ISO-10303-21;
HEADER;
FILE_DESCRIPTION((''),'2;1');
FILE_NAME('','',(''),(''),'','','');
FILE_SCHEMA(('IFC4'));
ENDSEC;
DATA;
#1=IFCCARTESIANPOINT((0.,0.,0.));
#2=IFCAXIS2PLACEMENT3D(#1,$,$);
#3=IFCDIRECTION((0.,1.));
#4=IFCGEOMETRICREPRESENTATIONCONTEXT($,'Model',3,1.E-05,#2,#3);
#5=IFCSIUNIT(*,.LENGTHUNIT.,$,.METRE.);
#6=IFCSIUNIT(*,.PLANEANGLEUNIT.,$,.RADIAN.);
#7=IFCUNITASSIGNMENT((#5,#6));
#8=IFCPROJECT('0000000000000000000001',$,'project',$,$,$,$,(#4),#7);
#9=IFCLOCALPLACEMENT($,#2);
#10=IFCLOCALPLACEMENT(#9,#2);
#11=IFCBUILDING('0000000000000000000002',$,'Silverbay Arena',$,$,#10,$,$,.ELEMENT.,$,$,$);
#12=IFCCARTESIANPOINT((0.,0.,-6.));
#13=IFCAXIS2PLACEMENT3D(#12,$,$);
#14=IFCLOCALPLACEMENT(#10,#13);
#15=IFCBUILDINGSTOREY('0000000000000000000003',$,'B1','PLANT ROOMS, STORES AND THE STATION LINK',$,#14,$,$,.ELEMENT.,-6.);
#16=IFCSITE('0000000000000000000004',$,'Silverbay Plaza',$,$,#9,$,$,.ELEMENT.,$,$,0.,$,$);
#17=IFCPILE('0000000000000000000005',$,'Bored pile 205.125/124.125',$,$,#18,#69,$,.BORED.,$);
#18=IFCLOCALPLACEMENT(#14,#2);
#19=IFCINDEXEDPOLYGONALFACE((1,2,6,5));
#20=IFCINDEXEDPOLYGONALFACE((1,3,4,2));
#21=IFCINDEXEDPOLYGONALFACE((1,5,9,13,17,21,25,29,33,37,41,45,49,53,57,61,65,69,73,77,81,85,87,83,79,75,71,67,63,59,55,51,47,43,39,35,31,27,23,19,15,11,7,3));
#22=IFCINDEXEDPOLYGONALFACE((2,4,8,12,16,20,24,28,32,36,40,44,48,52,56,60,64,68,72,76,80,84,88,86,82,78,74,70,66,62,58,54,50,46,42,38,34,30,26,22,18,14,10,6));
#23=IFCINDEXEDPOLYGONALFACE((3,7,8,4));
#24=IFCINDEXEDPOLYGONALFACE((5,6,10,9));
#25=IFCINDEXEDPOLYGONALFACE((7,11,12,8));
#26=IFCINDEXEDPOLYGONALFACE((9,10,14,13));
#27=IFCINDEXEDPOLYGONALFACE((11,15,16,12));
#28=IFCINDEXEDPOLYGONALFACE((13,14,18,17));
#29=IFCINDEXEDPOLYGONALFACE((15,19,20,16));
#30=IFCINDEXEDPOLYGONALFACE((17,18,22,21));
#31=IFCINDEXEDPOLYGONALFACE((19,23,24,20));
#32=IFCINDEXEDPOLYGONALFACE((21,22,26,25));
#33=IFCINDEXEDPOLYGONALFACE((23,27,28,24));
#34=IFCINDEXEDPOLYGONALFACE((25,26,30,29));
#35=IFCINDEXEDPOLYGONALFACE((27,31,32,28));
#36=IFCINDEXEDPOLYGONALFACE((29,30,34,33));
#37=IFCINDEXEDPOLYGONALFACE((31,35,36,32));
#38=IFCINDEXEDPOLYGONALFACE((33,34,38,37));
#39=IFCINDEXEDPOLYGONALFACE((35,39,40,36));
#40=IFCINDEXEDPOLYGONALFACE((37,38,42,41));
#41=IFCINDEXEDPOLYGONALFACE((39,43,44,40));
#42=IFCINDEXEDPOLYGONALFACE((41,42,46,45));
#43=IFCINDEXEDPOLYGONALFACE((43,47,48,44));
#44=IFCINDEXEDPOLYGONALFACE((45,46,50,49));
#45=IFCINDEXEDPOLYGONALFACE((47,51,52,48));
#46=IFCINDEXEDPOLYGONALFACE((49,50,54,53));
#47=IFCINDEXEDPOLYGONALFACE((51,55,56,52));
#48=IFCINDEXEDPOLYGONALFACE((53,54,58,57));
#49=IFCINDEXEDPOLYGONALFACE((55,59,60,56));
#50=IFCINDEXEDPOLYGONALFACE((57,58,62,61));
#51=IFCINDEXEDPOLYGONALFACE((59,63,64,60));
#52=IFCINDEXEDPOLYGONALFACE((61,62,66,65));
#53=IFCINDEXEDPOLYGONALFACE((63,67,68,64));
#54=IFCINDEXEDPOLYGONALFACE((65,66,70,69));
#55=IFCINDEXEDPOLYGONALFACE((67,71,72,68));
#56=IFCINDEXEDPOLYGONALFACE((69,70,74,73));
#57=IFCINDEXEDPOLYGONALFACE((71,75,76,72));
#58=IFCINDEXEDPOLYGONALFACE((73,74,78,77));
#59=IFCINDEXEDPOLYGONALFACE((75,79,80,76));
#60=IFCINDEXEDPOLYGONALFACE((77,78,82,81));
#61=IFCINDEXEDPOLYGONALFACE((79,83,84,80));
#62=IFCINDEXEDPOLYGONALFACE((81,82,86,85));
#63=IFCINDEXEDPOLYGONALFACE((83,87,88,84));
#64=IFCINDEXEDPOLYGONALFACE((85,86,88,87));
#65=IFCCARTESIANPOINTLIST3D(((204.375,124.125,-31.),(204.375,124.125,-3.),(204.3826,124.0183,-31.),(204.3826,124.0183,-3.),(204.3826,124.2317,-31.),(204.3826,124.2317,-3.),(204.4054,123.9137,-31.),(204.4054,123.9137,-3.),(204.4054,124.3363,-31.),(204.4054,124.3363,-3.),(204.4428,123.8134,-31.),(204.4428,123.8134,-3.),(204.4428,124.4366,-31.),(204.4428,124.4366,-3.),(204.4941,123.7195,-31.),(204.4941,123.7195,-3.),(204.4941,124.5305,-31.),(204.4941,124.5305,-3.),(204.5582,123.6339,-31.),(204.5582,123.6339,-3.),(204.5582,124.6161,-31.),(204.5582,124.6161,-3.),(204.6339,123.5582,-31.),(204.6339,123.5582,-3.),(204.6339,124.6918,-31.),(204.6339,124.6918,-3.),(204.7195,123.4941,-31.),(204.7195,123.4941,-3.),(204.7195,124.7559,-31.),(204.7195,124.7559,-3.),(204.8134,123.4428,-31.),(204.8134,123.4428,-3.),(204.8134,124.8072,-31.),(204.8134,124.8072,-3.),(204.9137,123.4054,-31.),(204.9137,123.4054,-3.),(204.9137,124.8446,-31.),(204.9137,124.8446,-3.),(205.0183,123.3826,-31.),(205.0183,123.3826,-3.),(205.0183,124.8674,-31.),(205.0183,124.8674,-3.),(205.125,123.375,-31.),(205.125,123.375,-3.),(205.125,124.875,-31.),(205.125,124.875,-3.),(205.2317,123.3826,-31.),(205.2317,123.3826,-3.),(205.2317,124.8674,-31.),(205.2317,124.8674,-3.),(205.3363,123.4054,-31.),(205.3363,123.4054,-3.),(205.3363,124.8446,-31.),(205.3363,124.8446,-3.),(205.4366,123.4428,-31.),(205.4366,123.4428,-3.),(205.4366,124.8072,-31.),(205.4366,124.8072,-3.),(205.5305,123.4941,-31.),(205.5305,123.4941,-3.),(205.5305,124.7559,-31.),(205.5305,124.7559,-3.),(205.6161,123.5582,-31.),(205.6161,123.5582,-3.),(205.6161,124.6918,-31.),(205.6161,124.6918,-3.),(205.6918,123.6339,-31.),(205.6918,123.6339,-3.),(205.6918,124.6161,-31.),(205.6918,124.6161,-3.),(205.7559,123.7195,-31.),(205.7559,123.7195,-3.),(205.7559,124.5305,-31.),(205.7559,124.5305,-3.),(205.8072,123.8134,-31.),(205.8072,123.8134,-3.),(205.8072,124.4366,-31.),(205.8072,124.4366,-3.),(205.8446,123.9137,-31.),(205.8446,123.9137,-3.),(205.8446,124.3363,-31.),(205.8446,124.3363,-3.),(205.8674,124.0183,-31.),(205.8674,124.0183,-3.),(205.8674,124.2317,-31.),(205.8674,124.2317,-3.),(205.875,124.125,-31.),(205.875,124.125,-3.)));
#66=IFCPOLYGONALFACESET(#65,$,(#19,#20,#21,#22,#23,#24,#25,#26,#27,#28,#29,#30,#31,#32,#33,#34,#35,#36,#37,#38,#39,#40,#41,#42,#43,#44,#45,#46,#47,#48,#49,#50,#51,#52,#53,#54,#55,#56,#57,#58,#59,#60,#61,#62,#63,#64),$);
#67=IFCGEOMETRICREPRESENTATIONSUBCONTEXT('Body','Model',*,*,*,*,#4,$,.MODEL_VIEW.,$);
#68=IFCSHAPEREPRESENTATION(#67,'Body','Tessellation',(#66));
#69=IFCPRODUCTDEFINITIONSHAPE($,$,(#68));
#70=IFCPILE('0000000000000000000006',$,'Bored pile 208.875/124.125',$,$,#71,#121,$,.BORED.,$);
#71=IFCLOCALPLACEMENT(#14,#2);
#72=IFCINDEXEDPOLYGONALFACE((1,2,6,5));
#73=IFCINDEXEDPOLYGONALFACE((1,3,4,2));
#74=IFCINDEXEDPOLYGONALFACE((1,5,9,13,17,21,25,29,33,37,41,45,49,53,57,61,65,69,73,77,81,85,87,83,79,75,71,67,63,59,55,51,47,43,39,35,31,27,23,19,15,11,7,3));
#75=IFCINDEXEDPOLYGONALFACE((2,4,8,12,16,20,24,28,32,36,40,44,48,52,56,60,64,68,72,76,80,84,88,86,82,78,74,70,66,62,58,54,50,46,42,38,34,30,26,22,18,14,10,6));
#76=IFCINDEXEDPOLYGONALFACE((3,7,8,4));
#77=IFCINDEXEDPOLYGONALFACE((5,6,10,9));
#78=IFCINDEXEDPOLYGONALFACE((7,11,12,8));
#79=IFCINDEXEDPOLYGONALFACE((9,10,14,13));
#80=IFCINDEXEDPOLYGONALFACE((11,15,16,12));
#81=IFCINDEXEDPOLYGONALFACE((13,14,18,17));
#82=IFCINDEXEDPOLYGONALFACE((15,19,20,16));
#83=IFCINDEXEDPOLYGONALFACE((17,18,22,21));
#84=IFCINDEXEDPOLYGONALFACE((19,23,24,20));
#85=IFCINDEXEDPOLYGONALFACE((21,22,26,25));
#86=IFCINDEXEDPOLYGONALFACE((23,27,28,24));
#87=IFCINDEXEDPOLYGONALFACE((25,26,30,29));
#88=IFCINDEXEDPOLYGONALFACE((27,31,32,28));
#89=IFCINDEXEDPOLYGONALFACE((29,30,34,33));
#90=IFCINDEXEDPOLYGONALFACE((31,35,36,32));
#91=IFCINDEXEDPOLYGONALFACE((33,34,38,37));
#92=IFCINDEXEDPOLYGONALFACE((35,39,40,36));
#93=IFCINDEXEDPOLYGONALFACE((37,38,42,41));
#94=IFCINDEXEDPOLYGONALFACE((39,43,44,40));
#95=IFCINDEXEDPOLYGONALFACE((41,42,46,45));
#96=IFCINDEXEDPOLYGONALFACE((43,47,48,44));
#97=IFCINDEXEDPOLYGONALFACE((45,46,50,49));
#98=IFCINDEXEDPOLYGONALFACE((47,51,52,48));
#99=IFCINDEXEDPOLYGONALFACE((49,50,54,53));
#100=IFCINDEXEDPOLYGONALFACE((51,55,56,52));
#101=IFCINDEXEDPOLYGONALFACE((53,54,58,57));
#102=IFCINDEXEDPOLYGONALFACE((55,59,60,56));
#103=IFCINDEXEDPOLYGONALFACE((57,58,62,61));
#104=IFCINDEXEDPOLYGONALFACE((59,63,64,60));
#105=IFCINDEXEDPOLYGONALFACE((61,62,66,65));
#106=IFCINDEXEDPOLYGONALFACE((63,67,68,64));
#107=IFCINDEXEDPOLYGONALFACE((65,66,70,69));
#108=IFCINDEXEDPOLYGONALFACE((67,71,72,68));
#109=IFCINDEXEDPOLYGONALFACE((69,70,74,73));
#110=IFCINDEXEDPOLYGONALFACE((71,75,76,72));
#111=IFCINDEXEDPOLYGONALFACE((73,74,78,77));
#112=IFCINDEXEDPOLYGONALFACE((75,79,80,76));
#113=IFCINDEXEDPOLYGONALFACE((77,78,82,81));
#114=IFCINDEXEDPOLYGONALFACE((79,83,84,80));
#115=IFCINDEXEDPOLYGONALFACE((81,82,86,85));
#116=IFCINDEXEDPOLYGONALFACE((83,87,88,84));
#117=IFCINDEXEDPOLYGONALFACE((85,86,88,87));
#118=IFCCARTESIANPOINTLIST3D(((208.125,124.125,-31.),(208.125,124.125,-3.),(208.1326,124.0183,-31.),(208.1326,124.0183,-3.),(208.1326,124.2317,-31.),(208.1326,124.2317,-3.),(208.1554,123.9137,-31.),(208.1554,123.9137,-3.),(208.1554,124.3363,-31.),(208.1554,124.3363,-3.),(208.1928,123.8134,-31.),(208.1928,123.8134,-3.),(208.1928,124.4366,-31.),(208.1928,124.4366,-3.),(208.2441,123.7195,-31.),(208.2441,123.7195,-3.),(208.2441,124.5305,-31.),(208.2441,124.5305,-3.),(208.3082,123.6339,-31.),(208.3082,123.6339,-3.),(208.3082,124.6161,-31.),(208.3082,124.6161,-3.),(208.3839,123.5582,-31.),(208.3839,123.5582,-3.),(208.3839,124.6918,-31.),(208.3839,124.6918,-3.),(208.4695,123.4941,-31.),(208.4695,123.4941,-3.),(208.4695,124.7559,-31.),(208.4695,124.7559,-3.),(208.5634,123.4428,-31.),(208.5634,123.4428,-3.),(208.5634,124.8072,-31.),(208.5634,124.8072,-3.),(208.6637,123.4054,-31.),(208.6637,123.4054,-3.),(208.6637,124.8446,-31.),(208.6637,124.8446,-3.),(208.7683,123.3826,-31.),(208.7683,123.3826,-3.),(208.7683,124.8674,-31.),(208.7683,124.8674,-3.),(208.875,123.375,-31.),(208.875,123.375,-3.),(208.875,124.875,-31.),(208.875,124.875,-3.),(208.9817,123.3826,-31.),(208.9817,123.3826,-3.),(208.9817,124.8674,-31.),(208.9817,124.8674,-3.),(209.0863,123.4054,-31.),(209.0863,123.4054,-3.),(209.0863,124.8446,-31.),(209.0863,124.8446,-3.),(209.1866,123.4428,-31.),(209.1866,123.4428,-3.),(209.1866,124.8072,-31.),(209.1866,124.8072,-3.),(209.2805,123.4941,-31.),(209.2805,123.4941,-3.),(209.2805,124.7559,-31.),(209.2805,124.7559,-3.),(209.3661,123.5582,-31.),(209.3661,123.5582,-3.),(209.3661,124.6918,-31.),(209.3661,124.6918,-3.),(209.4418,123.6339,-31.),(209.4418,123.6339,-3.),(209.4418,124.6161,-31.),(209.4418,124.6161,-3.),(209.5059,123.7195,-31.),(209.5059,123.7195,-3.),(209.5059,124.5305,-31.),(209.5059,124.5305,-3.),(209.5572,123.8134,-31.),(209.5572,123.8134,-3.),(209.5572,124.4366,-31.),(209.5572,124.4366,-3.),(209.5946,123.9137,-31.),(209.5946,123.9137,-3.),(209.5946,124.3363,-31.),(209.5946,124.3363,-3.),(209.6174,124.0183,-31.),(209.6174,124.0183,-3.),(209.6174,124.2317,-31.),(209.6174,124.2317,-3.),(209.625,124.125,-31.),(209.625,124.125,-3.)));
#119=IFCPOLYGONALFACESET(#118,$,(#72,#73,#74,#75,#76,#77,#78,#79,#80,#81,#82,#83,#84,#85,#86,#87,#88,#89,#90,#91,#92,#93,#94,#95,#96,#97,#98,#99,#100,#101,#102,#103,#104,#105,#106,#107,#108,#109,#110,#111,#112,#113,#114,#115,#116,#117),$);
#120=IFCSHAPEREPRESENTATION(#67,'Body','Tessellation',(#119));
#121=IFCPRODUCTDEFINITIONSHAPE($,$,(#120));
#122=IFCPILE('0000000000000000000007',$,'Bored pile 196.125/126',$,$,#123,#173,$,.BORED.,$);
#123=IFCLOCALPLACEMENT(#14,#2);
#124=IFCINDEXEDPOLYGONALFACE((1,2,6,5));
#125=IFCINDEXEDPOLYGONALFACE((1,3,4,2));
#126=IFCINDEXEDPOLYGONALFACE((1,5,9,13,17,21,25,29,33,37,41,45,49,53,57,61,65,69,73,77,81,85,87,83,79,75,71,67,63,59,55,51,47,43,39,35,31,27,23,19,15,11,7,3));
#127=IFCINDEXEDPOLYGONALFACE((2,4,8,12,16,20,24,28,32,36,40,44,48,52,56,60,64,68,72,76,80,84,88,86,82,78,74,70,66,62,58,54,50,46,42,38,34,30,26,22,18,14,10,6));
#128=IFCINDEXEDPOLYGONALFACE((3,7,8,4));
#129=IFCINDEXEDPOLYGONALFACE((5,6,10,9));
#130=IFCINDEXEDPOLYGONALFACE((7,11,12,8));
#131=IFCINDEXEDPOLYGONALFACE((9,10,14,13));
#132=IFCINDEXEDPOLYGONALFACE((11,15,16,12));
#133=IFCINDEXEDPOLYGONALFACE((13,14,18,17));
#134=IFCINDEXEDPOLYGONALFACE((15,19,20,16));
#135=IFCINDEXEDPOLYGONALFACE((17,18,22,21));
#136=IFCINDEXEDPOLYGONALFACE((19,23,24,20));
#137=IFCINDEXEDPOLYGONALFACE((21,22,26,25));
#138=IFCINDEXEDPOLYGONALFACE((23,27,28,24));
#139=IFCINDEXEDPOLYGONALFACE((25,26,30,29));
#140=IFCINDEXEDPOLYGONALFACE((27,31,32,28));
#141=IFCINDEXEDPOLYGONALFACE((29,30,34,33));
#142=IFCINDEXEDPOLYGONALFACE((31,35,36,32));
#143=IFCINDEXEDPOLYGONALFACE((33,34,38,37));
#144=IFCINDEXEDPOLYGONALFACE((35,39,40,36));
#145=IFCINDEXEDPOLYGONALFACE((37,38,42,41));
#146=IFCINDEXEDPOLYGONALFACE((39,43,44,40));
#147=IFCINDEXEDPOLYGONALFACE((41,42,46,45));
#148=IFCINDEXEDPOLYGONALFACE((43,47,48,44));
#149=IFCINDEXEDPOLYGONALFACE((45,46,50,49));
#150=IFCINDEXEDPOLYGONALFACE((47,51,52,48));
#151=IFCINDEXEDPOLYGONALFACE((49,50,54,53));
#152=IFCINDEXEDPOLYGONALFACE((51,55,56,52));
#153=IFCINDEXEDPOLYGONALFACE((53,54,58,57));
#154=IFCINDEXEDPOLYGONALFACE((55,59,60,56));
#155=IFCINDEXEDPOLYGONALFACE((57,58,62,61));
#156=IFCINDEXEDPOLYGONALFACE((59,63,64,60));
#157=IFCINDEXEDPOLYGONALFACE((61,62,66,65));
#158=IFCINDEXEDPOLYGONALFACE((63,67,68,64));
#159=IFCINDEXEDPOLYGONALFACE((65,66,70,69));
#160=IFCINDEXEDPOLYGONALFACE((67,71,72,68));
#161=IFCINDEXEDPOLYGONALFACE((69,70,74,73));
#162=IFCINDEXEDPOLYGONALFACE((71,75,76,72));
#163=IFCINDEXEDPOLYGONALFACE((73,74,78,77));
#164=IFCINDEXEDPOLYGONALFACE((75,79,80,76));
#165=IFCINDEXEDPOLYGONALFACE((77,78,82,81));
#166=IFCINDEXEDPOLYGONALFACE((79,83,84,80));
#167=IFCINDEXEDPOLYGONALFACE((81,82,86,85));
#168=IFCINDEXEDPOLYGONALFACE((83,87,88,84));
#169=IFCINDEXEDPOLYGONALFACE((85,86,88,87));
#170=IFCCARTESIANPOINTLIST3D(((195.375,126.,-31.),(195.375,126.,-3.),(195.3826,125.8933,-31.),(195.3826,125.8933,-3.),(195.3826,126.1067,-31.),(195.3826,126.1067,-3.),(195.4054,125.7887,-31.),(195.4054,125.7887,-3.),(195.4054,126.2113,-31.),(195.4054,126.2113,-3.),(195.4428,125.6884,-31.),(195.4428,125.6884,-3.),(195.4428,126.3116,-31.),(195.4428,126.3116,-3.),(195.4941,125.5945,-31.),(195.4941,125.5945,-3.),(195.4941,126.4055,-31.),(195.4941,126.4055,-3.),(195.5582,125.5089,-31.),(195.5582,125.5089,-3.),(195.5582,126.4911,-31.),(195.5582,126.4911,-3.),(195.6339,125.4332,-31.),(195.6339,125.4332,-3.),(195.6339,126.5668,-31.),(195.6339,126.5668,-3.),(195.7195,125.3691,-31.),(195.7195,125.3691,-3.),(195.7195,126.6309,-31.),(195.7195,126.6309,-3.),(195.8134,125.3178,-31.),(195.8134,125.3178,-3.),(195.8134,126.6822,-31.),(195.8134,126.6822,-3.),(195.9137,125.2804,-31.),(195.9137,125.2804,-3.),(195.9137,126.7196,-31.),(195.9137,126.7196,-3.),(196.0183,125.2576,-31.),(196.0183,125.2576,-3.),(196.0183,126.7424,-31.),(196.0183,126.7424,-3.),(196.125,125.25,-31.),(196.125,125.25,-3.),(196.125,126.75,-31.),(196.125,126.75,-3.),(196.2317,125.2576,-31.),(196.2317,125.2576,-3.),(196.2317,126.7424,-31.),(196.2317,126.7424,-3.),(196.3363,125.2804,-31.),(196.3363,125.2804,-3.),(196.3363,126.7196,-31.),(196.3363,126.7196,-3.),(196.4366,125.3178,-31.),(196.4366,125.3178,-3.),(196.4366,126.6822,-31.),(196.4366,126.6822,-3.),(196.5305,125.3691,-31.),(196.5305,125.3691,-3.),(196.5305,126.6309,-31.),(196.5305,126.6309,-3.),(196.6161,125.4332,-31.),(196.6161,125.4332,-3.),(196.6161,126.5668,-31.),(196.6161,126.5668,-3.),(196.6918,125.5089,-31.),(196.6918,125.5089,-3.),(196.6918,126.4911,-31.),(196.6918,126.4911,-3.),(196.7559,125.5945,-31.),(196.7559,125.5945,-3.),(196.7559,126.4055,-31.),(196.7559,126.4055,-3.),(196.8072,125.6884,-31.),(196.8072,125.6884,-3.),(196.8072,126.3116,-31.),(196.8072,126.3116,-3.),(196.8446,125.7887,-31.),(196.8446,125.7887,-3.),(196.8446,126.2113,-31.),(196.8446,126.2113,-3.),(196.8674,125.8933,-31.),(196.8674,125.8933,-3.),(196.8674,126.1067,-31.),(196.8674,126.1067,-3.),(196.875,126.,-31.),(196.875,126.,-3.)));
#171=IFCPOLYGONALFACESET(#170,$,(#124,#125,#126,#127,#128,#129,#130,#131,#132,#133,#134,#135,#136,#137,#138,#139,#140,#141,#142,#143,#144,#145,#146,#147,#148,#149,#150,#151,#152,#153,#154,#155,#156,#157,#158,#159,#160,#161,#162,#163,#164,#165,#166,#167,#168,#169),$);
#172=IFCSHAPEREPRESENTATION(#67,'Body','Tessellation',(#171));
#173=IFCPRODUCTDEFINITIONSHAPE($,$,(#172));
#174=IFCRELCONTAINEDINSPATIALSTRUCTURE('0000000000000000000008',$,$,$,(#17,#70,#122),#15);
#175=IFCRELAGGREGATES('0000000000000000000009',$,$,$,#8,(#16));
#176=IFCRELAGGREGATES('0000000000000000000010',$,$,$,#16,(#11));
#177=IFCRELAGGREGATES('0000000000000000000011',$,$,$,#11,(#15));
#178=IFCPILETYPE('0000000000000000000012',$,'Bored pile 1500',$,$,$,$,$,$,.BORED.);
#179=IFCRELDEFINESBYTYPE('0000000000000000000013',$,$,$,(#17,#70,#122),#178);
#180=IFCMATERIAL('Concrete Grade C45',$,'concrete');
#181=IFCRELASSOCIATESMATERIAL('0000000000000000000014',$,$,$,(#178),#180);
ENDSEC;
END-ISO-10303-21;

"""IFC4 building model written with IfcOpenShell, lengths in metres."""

from ifc_helpers import new_model, si_unit, direction, frame, origin, origin_2d, place, context, subcontext, project, spatial, circle, extrude, material, material_profile, profile_set, type_object, element, save


model = new_model("IFC4")

# Units and contexts
model_context = context("Model", 3, precision=1e-05, world=origin(), true_north=direction((0.0, 1.0)))
body_context = subcontext(model_context, "Body", "Model", "MODEL_VIEW")
ifc_project = project(units=[si_unit("LENGTHUNIT", "METRE"), si_unit("PLANEANGLEUNIT", "RADIAN")], contexts=[model_context])

# Site, building, storey
site_placement = place(None, origin())
site = spatial("IfcSite", under=ifc_project, at=site_placement, Name="Silverbay Plaza", CompositionType="ELEMENT", RefElevation=0.0)
building_placement = place(site_placement, origin())
building = spatial("IfcBuilding", under=site, at=building_placement, Name="Silverbay Arena", CompositionType="ELEMENT")
storey_placement = place(building_placement, frame((0.0, 0.0, -6.0)))
storey = spatial("IfcBuildingStorey", under=building, at=storey_placement, Name="B1", Description="PLANT ROOMS, STORES AND THE STATION LINK", CompositionType="ELEMENT", Elevation=-6.0)

# Piles
ifc_material_1 = material(Name="Concrete Grade C45", Category="concrete")
ifc_material_profile_1 = material_profile(ifc_material_1, circle(Radius=0.75, at=origin_2d()), Name="Bored pile 1500")
ifc_profile_set_1 = profile_set([ifc_material_profile_1], Name="Concrete Grade C45")
pile_type_1 = type_object("IfcPileType", Name="Bored pile 1500", PredefinedType="BORED", material=ifc_profile_set_1)
for number, where, z_axis, x_axis, name in (
    (1, (205.125, 124.125, -3.0), (0.0, 0.0, -1.0), (1.0, 0.0, 0.0), "Bored pile 205.125/124.125"),
    (2, (208.875, 124.125, -3.0), (0.0, 0.0, -1.0), (1.0, 0.0, 0.0), "Bored pile 208.875/124.125"),
    (3, (196.125, 126.0, -3.0), (0.0, 0.0, -1.0), (1.0, 0.0, 0.0), "Bored pile 196.125/126"),
):
    element("IfcPile", number, at=place(storey_placement, frame(where, z_axis=z_axis, x_axis=x_axis)), inside=storey, type_object=pile_type_1, Name=name, PredefinedType="BORED", context=body_context, shape_type="SweptSolid", body=[
        extrude(circle(Radius=0.75, at=origin_2d()), origin(), (0.0, 0.0, 1.0), 28.0),
    ])

save(model, "model.ifc")
